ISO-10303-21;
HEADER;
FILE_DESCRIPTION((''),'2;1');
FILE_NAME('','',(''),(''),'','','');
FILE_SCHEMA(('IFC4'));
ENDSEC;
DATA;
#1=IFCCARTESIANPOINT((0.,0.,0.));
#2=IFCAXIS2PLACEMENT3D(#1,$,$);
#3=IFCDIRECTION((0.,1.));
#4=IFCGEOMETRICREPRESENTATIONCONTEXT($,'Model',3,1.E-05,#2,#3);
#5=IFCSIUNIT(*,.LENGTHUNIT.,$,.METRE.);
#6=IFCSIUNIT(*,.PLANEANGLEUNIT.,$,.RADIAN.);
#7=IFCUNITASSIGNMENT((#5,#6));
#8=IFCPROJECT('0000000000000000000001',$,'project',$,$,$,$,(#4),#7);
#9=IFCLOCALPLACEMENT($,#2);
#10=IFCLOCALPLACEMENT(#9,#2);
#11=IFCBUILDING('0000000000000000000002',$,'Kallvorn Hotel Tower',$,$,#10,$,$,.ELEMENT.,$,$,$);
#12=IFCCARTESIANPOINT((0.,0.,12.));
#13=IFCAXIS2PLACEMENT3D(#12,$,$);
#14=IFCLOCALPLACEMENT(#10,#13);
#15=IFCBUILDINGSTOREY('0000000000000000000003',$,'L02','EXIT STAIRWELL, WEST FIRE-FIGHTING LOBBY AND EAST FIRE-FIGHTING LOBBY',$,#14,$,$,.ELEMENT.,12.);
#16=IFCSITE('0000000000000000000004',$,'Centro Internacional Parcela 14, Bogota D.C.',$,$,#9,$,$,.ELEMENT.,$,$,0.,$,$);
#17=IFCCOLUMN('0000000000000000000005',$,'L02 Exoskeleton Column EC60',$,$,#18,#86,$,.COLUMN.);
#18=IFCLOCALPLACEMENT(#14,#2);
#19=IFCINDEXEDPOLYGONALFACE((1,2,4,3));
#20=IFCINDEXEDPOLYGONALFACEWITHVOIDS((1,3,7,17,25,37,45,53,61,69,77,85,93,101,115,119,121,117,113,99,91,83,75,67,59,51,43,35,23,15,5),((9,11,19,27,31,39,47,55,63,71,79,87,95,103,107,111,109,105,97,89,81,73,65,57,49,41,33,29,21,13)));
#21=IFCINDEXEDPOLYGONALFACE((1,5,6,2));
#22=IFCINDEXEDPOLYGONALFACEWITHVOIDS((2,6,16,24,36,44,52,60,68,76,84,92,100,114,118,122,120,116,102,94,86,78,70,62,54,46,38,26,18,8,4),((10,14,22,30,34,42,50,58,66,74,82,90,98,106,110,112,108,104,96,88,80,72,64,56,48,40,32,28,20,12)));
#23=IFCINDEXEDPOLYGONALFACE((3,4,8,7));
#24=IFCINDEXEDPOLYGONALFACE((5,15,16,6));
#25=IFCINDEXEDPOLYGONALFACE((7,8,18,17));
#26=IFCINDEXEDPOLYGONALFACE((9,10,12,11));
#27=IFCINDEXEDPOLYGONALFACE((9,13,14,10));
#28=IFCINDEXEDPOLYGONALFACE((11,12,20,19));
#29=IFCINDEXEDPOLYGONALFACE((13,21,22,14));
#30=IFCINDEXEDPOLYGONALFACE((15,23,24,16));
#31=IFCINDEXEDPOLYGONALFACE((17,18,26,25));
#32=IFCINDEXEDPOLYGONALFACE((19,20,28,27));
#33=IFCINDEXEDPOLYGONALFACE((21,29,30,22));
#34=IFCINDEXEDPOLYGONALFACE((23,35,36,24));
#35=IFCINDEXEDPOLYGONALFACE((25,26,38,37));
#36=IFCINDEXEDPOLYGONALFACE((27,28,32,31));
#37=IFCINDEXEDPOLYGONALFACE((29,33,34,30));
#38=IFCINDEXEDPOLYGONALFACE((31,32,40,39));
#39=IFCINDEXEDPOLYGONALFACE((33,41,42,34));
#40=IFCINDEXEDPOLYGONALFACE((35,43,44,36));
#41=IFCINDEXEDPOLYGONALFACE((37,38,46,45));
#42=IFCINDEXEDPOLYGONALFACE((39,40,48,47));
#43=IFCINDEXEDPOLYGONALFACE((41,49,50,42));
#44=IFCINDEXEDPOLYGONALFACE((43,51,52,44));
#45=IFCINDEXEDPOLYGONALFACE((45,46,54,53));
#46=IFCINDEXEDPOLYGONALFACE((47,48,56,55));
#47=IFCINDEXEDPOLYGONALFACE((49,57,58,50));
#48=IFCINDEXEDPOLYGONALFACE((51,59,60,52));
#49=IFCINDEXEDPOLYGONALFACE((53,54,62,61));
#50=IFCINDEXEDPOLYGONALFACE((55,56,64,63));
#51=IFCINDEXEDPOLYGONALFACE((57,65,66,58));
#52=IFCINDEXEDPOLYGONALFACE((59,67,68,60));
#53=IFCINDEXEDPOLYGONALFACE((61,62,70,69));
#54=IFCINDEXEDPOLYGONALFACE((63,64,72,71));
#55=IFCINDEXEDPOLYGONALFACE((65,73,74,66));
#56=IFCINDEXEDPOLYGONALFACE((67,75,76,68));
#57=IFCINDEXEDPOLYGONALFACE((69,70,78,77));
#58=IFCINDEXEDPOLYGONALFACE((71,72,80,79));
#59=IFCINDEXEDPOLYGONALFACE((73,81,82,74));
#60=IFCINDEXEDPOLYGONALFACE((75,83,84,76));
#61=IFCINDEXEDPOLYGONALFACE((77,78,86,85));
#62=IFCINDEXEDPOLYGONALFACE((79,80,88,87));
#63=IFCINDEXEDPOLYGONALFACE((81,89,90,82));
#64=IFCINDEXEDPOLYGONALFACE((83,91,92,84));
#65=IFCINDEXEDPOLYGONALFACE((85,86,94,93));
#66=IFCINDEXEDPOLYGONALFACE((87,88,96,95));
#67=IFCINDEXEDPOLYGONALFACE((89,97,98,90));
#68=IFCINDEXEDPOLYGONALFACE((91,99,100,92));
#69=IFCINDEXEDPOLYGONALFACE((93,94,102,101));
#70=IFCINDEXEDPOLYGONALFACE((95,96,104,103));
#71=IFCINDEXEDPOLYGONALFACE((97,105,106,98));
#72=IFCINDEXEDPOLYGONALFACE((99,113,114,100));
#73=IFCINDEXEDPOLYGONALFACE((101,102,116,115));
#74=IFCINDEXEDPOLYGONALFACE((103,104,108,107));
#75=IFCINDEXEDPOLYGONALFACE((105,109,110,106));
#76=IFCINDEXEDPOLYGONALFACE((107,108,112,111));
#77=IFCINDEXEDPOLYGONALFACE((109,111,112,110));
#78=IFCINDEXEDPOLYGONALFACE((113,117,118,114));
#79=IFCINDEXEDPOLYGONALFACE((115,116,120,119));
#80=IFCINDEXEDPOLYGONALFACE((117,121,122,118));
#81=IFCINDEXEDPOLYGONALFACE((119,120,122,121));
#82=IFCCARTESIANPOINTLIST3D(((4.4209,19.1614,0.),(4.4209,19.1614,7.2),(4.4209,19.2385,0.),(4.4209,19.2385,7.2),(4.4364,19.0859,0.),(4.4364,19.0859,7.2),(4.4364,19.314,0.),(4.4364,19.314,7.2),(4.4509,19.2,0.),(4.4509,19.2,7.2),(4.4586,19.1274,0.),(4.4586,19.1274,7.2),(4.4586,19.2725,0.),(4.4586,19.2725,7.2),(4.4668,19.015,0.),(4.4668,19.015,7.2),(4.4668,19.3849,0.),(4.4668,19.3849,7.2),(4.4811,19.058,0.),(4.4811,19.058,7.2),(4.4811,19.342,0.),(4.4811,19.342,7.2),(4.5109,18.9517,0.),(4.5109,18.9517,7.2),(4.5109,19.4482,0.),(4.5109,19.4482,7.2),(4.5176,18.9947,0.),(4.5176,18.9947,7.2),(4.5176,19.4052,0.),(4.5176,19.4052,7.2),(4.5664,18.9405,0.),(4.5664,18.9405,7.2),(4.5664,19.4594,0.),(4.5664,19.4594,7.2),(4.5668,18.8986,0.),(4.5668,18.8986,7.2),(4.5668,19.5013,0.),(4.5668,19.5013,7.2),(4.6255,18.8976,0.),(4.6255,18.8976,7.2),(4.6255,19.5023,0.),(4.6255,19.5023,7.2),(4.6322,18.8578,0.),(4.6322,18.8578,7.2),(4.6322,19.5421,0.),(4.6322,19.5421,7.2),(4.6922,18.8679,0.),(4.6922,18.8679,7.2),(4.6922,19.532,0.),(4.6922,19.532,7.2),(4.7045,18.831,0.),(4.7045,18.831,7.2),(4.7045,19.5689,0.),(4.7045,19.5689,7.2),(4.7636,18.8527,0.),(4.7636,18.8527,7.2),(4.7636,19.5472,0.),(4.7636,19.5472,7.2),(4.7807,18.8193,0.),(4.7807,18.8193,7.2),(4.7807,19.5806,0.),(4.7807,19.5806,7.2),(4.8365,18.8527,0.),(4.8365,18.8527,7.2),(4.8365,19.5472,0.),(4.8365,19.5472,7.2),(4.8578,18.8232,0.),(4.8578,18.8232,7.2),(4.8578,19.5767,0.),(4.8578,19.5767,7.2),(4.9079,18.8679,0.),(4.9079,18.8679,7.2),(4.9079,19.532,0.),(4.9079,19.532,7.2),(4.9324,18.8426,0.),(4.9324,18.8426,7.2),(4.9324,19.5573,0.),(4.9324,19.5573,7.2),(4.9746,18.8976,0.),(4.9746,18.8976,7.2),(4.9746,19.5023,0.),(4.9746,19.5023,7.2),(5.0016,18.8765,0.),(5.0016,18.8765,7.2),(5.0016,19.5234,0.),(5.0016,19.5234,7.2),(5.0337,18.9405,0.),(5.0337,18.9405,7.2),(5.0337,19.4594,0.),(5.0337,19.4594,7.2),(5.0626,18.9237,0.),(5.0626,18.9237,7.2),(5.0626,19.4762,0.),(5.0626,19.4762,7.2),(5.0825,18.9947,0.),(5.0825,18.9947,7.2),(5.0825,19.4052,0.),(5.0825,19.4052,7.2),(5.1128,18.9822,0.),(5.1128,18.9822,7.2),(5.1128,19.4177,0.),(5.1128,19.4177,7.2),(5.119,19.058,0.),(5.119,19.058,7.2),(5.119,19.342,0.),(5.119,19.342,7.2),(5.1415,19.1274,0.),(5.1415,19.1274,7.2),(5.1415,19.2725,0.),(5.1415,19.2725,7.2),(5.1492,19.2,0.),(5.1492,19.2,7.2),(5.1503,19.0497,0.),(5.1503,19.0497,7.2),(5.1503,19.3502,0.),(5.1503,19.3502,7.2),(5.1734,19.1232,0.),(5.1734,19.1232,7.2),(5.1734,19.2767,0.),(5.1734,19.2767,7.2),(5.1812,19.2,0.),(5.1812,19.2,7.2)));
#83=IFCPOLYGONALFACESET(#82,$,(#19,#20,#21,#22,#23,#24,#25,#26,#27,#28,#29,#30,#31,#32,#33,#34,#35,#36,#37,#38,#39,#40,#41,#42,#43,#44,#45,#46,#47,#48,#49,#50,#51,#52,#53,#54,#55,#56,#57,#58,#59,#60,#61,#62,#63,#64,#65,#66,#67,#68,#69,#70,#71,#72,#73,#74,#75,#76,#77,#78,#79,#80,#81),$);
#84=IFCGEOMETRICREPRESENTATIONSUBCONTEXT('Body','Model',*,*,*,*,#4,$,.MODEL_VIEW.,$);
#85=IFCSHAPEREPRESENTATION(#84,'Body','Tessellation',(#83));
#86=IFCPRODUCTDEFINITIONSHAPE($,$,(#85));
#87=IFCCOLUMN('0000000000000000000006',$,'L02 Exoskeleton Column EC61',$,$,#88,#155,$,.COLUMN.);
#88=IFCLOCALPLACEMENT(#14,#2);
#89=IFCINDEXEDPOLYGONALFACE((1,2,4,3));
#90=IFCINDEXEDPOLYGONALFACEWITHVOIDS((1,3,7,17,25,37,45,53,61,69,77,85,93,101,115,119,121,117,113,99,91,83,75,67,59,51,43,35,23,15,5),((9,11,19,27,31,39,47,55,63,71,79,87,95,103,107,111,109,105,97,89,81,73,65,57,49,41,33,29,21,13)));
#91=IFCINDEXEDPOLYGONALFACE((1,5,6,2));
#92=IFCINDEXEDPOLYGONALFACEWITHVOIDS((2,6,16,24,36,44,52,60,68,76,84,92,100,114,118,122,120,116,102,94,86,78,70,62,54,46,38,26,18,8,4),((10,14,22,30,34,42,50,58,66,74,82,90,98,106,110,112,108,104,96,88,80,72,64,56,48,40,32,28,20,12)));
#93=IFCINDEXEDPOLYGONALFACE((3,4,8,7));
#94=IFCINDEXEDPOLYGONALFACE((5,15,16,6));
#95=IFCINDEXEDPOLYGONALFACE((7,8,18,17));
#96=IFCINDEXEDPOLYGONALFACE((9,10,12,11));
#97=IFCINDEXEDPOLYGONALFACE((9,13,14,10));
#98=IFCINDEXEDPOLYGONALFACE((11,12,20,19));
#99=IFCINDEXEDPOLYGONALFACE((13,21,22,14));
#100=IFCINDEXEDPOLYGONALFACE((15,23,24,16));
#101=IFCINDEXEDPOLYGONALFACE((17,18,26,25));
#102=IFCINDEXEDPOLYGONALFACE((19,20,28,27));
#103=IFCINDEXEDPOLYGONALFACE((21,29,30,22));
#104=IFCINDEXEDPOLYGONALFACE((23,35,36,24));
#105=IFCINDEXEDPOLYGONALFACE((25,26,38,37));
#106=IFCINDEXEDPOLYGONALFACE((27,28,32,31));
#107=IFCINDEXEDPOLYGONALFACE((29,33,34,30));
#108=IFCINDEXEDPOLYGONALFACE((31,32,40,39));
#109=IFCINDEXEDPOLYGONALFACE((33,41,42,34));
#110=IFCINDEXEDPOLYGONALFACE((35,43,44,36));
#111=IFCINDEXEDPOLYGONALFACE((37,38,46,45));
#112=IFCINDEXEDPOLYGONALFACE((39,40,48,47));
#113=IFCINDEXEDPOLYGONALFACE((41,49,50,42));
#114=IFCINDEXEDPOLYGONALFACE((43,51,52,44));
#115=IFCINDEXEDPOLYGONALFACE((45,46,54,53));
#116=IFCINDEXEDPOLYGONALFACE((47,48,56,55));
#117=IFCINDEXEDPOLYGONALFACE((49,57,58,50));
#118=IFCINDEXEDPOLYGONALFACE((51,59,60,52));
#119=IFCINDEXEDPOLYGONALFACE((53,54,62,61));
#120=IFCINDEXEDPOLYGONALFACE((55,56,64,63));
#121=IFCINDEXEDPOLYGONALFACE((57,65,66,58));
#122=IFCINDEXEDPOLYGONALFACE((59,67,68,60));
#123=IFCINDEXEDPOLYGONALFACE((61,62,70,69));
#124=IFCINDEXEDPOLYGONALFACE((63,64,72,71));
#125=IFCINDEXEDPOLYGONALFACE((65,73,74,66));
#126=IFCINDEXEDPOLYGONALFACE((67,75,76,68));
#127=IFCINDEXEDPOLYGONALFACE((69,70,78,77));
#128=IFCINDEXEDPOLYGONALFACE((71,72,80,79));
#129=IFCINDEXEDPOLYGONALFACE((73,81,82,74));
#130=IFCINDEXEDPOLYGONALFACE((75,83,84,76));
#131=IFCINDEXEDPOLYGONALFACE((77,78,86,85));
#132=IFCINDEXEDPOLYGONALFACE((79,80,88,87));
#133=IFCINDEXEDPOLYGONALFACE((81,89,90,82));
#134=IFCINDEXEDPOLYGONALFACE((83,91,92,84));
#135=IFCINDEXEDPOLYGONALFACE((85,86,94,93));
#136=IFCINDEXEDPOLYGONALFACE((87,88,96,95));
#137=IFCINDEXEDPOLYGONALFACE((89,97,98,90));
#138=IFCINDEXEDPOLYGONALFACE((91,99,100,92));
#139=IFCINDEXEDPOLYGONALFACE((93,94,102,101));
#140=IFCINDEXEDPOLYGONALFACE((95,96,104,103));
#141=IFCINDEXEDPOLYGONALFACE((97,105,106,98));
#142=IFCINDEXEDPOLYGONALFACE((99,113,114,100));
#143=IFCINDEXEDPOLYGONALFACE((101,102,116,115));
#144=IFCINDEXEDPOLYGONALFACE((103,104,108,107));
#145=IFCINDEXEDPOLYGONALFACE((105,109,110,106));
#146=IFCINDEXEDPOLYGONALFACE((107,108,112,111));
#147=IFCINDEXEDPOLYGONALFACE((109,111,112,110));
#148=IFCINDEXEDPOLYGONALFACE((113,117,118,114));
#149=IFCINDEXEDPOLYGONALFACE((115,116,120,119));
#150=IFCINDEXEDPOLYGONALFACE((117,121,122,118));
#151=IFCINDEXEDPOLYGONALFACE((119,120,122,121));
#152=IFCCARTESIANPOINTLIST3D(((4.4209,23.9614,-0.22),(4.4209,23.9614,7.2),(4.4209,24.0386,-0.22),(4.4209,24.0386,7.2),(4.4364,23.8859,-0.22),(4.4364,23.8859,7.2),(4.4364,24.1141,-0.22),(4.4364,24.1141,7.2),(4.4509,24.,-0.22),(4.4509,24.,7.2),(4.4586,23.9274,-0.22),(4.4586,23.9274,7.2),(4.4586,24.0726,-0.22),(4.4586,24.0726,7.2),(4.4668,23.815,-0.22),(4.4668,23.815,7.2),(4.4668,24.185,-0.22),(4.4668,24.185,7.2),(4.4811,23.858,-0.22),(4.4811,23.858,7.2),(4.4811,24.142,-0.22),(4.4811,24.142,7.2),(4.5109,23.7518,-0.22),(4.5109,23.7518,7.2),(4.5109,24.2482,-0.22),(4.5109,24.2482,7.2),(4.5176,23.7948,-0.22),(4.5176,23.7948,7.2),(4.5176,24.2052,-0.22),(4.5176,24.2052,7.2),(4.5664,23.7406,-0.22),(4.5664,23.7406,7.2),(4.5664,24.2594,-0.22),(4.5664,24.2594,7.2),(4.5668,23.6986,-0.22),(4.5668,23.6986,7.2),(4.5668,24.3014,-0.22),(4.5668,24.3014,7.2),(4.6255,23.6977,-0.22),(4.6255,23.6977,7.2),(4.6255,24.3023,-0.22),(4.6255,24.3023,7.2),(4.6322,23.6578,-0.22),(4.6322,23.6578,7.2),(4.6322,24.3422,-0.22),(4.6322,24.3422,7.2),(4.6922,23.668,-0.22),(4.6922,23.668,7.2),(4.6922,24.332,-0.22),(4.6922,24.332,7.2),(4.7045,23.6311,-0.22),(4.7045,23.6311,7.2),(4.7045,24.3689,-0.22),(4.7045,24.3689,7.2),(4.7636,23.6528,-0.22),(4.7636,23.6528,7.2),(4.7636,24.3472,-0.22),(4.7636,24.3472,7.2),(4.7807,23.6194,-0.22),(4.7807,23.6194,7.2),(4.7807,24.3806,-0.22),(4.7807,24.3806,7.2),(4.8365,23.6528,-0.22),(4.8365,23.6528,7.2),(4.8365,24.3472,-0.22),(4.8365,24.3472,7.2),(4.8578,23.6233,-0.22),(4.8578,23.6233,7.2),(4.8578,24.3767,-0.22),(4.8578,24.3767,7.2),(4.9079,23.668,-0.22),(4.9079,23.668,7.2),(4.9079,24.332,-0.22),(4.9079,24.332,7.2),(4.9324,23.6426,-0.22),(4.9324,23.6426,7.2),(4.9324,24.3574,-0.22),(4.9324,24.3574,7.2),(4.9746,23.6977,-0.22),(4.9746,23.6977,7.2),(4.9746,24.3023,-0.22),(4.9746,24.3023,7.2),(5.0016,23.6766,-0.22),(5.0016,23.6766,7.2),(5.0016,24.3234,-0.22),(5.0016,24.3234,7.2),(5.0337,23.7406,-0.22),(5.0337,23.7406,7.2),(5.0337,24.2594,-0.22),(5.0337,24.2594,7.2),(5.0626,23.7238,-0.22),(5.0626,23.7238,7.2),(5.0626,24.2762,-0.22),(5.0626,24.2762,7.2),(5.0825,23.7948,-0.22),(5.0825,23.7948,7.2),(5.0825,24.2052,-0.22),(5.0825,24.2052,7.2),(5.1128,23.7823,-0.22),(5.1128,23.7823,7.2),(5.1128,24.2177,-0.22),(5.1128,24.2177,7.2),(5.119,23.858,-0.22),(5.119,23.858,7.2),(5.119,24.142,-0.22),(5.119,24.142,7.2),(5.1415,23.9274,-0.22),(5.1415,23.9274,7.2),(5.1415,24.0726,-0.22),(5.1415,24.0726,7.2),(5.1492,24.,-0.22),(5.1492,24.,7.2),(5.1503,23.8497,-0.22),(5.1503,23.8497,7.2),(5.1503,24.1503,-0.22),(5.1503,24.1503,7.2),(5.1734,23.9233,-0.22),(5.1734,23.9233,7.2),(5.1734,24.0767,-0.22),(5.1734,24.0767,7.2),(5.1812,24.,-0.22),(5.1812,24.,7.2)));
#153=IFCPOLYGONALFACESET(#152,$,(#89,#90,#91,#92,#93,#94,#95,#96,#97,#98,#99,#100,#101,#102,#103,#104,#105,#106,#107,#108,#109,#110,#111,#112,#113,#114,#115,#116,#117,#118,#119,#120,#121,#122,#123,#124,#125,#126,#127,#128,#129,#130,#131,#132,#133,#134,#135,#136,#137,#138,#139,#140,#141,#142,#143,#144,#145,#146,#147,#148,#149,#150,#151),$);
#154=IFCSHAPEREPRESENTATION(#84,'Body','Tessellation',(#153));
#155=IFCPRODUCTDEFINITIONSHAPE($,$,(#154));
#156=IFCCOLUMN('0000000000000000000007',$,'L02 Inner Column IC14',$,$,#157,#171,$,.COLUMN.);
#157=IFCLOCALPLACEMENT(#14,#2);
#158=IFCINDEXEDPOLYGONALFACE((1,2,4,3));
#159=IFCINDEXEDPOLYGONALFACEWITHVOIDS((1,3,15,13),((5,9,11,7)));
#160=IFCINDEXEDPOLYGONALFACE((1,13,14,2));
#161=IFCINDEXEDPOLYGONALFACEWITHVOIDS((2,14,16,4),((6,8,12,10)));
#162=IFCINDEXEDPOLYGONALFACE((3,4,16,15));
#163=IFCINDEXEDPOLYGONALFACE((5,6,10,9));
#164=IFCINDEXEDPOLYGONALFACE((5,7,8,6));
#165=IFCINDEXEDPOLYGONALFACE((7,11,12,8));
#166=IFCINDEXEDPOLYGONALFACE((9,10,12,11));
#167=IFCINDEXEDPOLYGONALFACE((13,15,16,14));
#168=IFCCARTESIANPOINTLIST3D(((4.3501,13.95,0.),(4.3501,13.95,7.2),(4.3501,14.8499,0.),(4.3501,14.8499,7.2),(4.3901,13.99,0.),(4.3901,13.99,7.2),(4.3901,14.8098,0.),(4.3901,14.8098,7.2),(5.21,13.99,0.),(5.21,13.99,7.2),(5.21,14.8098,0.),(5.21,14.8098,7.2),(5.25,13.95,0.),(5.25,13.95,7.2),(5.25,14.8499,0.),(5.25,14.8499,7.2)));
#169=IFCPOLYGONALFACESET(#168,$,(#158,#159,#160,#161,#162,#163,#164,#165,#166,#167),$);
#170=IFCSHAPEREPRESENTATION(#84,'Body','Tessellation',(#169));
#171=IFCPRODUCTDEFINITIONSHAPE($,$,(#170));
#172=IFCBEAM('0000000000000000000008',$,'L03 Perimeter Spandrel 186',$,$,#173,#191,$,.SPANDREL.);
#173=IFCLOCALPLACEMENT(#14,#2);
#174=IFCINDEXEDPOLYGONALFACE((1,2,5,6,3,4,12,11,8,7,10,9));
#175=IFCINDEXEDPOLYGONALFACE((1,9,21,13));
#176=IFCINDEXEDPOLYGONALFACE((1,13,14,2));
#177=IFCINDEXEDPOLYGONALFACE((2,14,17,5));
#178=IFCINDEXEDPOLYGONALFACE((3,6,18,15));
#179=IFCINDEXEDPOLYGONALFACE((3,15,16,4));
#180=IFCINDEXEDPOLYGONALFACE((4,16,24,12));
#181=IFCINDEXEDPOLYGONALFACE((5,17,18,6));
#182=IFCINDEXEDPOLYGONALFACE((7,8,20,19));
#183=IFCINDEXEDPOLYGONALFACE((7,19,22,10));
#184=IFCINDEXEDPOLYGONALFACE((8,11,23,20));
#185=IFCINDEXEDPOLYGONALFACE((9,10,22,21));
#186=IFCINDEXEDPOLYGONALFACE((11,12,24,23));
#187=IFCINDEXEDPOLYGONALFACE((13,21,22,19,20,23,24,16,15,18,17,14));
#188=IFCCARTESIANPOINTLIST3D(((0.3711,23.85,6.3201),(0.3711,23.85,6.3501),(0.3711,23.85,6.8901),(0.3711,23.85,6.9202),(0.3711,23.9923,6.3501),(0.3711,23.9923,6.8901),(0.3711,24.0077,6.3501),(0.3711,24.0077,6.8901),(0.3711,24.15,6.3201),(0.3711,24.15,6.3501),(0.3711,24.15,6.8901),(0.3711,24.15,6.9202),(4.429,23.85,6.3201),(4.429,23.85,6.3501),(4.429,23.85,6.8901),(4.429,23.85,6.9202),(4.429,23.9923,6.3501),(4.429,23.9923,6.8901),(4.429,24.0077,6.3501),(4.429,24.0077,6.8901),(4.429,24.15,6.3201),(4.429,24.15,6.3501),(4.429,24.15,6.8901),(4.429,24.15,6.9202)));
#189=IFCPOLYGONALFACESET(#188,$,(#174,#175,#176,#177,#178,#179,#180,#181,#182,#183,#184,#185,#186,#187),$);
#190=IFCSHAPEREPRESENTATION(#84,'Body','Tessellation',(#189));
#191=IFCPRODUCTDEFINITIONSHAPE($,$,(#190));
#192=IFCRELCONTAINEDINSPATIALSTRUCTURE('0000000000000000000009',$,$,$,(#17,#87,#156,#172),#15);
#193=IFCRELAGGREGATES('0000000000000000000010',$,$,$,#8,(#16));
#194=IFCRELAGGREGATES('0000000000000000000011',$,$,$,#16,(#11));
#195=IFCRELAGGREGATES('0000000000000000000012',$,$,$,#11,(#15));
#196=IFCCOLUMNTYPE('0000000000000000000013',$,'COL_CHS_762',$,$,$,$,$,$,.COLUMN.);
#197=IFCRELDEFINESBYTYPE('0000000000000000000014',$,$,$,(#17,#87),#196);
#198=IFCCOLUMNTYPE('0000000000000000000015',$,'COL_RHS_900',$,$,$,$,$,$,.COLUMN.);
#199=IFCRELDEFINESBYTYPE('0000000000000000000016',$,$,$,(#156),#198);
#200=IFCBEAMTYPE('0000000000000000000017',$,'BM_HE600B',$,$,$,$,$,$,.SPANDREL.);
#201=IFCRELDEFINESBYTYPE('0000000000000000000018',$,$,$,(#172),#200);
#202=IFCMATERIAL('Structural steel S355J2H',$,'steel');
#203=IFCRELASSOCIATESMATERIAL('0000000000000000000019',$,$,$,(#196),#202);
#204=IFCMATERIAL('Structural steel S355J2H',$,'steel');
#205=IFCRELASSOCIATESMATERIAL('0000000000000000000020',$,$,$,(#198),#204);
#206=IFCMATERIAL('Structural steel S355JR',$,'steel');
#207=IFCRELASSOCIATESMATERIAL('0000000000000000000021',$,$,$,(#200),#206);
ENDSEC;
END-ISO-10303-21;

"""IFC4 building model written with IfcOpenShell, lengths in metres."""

from ifc_helpers import new_model, si_unit, direction, frame, origin, origin_2d, place, context, subcontext, project, spatial, hollow_rectangle, hollow_circle, i_section, extrude, material, material_profile, profile_set, type_object, element, save


model = new_model("IFC4")

# Units and contexts
model_context = context("Model", 3, precision=1e-05, world=origin(), true_north=direction((0.0, 1.0)))
body_context = subcontext(model_context, "Body", "Model", "MODEL_VIEW")
ifc_project = project(units=[si_unit("LENGTHUNIT", "METRE"), si_unit("PLANEANGLEUNIT", "RADIAN")], contexts=[model_context])

# Site, building, storey
site_placement = place(None, origin())
site = spatial("IfcSite", under=ifc_project, at=site_placement, Name="Centro Internacional Parcela 14, Bogota D.C.", CompositionType="ELEMENT", RefElevation=0.0)
building_placement = place(site_placement, origin())
building = spatial("IfcBuilding", under=site, at=building_placement, Name="Kallvorn Hotel Tower", CompositionType="ELEMENT")
storey_placement = place(building_placement, frame((0.0, 0.0, 12.0)))
storey = spatial("IfcBuildingStorey", under=building, at=storey_placement, Name="L02", Description="EXIT STAIRWELL, WEST FIRE-FIGHTING LOBBY AND EAST FIRE-FIGHTING LOBBY", CompositionType="ELEMENT", Elevation=12.0)

# Columns
ifc_material_1 = material(Name="Structural steel S355J2H", Category="steel")
ifc_material_profile_1 = material_profile(ifc_material_1, hollow_circle(Radius=0.3811, WallThickness=0.032, at=origin_2d()), Name="CHS 762x32")
ifc_profile_set_1 = profile_set([ifc_material_profile_1], Name="Structural steel S355J2H")
column_type_1 = type_object("IfcColumnType", Name="COL_CHS_762", PredefinedType="COLUMN", material=ifc_profile_set_1)
column_1_placement = place(storey_placement, frame((4.8, 19.2, 0.0), z_axis=(0.0, 0.0, 1.0), x_axis=(1.0, 0.0, 0.0)))
element("IfcColumn", 1, at=column_1_placement, inside=storey, type_object=column_type_1, Name="L02 Exoskeleton Column EC60", PredefinedType="COLUMN", context=body_context, shape_type="SweptSolid", body=[
    extrude(hollow_circle(Radius=0.3811, WallThickness=0.032, at=origin_2d()), origin(), (0.0, 0.0, 1.0), 7.2),
])
column_2_placement = place(storey_placement, frame((4.8, 24.0, -0.22), z_axis=(0.0, 0.0, 1.0), x_axis=(1.0, 0.0, 0.0)))
element("IfcColumn", 2, at=column_2_placement, inside=storey, type_object=column_type_1, Name="L02 Exoskeleton Column EC61", PredefinedType="COLUMN", context=body_context, shape_type="SweptSolid", body=[
    extrude(hollow_circle(Radius=0.3811, WallThickness=0.032, at=origin_2d()), origin(), (0.0, 0.0, 1.0), 7.4199),
])
ifc_material_2 = material(Name="Structural steel S355J2H", Category="steel")
ifc_material_profile_2 = material_profile(ifc_material_2, hollow_rectangle(XDim=0.8999, YDim=0.8999, WallThickness=0.04, at=origin_2d()), Name="RHS 900x900x40")
ifc_profile_set_2 = profile_set([ifc_material_profile_2], Name="Structural steel S355J2H")
column_type_2 = type_object("IfcColumnType", Name="COL_RHS_900", PredefinedType="COLUMN", material=ifc_profile_set_2)
column_3_placement = place(storey_placement, frame((4.8, 14.3999, 0.0), z_axis=(0.0, 0.0, 1.0), x_axis=(1.0, 0.0, 0.0)))
element("IfcColumn", 3, at=column_3_placement, inside=storey, type_object=column_type_2, Name="L02 Inner Column IC14", PredefinedType="COLUMN", context=body_context, shape_type="SweptSolid", body=[
    extrude(hollow_rectangle(XDim=0.8999, YDim=0.8999, WallThickness=0.04, at=origin_2d()), origin(), (0.0, 0.0, 1.0), 7.2),
])

# Beam
ifc_material_3 = material(Name="Structural steel S355JR", Category="steel")
ifc_material_profile_3 = material_profile(ifc_material_3, i_section(OverallWidth=0.3, OverallDepth=0.6001, WebThickness=0.0154, FlangeThickness=0.03, at=origin_2d()), Name="HE 600 B")
ifc_profile_set_3 = profile_set([ifc_material_profile_3], Name="Structural steel S355JR")
beam_type_1 = type_object("IfcBeamType", Name="BM_HE600B", PredefinedType="SPANDREL", material=ifc_profile_set_3)
beam_1_placement = place(storey_placement, frame((0.3711, 24.0, 6.6201), z_axis=(1.0, 0.0, 0.0), x_axis=(0.0, 1.0, 0.0)))
element("IfcBeam", 4, at=beam_1_placement, inside=storey, type_object=beam_type_1, Name="L03 Perimeter Spandrel 186", PredefinedType="SPANDREL", context=body_context, shape_type="SweptSolid", body=[
    extrude(i_section(OverallWidth=0.3, OverallDepth=0.6001, WebThickness=0.0154, FlangeThickness=0.03, at=origin_2d()), origin(), (0.0, 0.0, 1.0), 4.0579),
])

save(model, "model.ifc")
